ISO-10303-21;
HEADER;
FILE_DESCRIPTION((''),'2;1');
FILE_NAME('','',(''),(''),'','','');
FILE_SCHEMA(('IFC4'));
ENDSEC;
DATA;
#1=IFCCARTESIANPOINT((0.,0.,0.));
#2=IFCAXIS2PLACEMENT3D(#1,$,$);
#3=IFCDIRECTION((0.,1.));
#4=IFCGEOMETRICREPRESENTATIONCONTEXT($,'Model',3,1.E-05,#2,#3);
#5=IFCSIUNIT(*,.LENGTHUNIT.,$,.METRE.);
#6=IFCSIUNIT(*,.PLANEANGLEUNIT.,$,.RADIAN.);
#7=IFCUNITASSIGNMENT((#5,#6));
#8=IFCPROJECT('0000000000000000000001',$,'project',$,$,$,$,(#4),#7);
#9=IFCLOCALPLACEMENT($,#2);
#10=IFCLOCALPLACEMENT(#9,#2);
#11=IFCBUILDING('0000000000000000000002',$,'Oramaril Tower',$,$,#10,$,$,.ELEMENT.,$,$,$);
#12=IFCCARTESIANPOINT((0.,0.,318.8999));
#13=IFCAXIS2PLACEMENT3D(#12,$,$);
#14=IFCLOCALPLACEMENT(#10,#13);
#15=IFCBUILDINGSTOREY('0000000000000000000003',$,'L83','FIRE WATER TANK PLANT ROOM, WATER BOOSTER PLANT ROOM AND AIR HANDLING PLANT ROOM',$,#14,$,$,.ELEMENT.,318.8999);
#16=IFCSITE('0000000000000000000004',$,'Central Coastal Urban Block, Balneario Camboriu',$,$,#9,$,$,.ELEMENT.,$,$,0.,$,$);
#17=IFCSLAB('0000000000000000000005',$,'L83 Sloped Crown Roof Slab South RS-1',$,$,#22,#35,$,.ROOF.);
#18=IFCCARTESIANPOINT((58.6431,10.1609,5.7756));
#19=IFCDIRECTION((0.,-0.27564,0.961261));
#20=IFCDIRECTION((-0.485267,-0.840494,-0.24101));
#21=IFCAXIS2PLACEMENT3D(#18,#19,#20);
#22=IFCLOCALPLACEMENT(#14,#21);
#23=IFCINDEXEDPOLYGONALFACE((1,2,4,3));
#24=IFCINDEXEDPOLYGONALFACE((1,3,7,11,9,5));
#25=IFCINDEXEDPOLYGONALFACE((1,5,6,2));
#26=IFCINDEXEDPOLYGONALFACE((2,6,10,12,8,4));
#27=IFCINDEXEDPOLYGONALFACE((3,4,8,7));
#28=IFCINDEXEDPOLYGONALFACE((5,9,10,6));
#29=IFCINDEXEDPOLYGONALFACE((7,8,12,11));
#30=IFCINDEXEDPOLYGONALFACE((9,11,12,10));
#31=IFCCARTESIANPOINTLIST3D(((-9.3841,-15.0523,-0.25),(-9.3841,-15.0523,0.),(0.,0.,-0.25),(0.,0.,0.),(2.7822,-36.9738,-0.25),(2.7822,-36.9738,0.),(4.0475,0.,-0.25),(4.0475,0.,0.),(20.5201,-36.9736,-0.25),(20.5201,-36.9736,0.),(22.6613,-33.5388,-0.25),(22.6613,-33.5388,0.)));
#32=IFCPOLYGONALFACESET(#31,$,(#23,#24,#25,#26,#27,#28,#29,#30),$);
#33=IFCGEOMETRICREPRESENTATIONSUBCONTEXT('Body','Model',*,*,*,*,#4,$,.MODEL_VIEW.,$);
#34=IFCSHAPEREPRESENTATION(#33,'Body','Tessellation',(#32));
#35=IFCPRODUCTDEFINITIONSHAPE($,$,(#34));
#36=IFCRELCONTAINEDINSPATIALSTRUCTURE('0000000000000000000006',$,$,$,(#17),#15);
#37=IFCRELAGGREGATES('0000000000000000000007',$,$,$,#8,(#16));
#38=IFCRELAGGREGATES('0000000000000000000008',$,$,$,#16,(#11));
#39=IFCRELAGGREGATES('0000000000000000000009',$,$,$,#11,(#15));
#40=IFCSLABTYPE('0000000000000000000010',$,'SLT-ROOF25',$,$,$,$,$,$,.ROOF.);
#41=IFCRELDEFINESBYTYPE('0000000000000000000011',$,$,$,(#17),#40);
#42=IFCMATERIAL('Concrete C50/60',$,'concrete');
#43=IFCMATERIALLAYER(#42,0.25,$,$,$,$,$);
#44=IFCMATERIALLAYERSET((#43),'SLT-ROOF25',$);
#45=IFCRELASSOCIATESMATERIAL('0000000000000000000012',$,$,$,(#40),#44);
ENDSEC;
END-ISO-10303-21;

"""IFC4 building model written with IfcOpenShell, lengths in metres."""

from ifc_helpers import new_model, si_unit, direction, frame, origin, place, context, subcontext, project, spatial, polyline, outline, extrude, material, layer, layer_set, type_object, element, save


model = new_model("IFC4")

# Units and contexts
model_context = context("Model", 3, precision=1e-05, world=origin(), true_north=direction((0.0, 1.0)))
body_context = subcontext(model_context, "Body", "Model", "MODEL_VIEW")
ifc_project = project(units=[si_unit("LENGTHUNIT", "METRE"), si_unit("PLANEANGLEUNIT", "RADIAN")], contexts=[model_context])

# Site, building, storey
site_placement = place(None, origin())
site = spatial("IfcSite", under=ifc_project, at=site_placement, Name="Central Coastal Urban Block, Balneario Camboriu", CompositionType="ELEMENT", RefElevation=0.0)
building_placement = place(site_placement, origin())
building = spatial("IfcBuilding", under=site, at=building_placement, Name="Oramaril Tower", CompositionType="ELEMENT")
storey_placement = place(building_placement, frame((0.0, 0.0, 318.8999)))
storey = spatial("IfcBuildingStorey", under=building, at=storey_placement, Name="L83", Description="FIRE WATER TANK PLANT ROOM, WATER BOOSTER PLANT ROOM AND AIR HANDLING PLANT ROOM", CompositionType="ELEMENT", Elevation=318.8999)

# Slab
ifc_material_1 = material(Name="Concrete C50/60", Category="concrete")
ifc_layer_1 = layer(ifc_material_1, 0.25)
ifc_layer_set_1 = layer_set([ifc_layer_1], Name="SLT-ROOF25")
slab_type = type_object("IfcSlabType", Name="SLT-ROOF25", PredefinedType="ROOF", material=ifc_layer_set_1)
slab_placement = place(storey_placement, frame((58.6431, 10.1609, 5.7756), z_axis=(0.0, -0.27564, 0.961261), x_axis=(-0.485267, -0.840494, -0.24101)))
element("IfcSlab", 1, at=slab_placement, inside=storey, type_object=slab_type, Name="L83 Sloped Crown Roof Slab South RS-1", PredefinedType="ROOF", context=body_context, shape_type="SweptSolid", body=[
    extrude(outline(polyline([(0.0, 0.0), (4.0475, 0.0), (22.6613, -33.5388), (20.5201, -36.9736), (2.7822, -36.9738), (-9.3841, -15.0523), (0.0, 0.0)])), origin(), (0.0, 0.0, -1.0), 0.25),
])

save(model, "model.ifc")
